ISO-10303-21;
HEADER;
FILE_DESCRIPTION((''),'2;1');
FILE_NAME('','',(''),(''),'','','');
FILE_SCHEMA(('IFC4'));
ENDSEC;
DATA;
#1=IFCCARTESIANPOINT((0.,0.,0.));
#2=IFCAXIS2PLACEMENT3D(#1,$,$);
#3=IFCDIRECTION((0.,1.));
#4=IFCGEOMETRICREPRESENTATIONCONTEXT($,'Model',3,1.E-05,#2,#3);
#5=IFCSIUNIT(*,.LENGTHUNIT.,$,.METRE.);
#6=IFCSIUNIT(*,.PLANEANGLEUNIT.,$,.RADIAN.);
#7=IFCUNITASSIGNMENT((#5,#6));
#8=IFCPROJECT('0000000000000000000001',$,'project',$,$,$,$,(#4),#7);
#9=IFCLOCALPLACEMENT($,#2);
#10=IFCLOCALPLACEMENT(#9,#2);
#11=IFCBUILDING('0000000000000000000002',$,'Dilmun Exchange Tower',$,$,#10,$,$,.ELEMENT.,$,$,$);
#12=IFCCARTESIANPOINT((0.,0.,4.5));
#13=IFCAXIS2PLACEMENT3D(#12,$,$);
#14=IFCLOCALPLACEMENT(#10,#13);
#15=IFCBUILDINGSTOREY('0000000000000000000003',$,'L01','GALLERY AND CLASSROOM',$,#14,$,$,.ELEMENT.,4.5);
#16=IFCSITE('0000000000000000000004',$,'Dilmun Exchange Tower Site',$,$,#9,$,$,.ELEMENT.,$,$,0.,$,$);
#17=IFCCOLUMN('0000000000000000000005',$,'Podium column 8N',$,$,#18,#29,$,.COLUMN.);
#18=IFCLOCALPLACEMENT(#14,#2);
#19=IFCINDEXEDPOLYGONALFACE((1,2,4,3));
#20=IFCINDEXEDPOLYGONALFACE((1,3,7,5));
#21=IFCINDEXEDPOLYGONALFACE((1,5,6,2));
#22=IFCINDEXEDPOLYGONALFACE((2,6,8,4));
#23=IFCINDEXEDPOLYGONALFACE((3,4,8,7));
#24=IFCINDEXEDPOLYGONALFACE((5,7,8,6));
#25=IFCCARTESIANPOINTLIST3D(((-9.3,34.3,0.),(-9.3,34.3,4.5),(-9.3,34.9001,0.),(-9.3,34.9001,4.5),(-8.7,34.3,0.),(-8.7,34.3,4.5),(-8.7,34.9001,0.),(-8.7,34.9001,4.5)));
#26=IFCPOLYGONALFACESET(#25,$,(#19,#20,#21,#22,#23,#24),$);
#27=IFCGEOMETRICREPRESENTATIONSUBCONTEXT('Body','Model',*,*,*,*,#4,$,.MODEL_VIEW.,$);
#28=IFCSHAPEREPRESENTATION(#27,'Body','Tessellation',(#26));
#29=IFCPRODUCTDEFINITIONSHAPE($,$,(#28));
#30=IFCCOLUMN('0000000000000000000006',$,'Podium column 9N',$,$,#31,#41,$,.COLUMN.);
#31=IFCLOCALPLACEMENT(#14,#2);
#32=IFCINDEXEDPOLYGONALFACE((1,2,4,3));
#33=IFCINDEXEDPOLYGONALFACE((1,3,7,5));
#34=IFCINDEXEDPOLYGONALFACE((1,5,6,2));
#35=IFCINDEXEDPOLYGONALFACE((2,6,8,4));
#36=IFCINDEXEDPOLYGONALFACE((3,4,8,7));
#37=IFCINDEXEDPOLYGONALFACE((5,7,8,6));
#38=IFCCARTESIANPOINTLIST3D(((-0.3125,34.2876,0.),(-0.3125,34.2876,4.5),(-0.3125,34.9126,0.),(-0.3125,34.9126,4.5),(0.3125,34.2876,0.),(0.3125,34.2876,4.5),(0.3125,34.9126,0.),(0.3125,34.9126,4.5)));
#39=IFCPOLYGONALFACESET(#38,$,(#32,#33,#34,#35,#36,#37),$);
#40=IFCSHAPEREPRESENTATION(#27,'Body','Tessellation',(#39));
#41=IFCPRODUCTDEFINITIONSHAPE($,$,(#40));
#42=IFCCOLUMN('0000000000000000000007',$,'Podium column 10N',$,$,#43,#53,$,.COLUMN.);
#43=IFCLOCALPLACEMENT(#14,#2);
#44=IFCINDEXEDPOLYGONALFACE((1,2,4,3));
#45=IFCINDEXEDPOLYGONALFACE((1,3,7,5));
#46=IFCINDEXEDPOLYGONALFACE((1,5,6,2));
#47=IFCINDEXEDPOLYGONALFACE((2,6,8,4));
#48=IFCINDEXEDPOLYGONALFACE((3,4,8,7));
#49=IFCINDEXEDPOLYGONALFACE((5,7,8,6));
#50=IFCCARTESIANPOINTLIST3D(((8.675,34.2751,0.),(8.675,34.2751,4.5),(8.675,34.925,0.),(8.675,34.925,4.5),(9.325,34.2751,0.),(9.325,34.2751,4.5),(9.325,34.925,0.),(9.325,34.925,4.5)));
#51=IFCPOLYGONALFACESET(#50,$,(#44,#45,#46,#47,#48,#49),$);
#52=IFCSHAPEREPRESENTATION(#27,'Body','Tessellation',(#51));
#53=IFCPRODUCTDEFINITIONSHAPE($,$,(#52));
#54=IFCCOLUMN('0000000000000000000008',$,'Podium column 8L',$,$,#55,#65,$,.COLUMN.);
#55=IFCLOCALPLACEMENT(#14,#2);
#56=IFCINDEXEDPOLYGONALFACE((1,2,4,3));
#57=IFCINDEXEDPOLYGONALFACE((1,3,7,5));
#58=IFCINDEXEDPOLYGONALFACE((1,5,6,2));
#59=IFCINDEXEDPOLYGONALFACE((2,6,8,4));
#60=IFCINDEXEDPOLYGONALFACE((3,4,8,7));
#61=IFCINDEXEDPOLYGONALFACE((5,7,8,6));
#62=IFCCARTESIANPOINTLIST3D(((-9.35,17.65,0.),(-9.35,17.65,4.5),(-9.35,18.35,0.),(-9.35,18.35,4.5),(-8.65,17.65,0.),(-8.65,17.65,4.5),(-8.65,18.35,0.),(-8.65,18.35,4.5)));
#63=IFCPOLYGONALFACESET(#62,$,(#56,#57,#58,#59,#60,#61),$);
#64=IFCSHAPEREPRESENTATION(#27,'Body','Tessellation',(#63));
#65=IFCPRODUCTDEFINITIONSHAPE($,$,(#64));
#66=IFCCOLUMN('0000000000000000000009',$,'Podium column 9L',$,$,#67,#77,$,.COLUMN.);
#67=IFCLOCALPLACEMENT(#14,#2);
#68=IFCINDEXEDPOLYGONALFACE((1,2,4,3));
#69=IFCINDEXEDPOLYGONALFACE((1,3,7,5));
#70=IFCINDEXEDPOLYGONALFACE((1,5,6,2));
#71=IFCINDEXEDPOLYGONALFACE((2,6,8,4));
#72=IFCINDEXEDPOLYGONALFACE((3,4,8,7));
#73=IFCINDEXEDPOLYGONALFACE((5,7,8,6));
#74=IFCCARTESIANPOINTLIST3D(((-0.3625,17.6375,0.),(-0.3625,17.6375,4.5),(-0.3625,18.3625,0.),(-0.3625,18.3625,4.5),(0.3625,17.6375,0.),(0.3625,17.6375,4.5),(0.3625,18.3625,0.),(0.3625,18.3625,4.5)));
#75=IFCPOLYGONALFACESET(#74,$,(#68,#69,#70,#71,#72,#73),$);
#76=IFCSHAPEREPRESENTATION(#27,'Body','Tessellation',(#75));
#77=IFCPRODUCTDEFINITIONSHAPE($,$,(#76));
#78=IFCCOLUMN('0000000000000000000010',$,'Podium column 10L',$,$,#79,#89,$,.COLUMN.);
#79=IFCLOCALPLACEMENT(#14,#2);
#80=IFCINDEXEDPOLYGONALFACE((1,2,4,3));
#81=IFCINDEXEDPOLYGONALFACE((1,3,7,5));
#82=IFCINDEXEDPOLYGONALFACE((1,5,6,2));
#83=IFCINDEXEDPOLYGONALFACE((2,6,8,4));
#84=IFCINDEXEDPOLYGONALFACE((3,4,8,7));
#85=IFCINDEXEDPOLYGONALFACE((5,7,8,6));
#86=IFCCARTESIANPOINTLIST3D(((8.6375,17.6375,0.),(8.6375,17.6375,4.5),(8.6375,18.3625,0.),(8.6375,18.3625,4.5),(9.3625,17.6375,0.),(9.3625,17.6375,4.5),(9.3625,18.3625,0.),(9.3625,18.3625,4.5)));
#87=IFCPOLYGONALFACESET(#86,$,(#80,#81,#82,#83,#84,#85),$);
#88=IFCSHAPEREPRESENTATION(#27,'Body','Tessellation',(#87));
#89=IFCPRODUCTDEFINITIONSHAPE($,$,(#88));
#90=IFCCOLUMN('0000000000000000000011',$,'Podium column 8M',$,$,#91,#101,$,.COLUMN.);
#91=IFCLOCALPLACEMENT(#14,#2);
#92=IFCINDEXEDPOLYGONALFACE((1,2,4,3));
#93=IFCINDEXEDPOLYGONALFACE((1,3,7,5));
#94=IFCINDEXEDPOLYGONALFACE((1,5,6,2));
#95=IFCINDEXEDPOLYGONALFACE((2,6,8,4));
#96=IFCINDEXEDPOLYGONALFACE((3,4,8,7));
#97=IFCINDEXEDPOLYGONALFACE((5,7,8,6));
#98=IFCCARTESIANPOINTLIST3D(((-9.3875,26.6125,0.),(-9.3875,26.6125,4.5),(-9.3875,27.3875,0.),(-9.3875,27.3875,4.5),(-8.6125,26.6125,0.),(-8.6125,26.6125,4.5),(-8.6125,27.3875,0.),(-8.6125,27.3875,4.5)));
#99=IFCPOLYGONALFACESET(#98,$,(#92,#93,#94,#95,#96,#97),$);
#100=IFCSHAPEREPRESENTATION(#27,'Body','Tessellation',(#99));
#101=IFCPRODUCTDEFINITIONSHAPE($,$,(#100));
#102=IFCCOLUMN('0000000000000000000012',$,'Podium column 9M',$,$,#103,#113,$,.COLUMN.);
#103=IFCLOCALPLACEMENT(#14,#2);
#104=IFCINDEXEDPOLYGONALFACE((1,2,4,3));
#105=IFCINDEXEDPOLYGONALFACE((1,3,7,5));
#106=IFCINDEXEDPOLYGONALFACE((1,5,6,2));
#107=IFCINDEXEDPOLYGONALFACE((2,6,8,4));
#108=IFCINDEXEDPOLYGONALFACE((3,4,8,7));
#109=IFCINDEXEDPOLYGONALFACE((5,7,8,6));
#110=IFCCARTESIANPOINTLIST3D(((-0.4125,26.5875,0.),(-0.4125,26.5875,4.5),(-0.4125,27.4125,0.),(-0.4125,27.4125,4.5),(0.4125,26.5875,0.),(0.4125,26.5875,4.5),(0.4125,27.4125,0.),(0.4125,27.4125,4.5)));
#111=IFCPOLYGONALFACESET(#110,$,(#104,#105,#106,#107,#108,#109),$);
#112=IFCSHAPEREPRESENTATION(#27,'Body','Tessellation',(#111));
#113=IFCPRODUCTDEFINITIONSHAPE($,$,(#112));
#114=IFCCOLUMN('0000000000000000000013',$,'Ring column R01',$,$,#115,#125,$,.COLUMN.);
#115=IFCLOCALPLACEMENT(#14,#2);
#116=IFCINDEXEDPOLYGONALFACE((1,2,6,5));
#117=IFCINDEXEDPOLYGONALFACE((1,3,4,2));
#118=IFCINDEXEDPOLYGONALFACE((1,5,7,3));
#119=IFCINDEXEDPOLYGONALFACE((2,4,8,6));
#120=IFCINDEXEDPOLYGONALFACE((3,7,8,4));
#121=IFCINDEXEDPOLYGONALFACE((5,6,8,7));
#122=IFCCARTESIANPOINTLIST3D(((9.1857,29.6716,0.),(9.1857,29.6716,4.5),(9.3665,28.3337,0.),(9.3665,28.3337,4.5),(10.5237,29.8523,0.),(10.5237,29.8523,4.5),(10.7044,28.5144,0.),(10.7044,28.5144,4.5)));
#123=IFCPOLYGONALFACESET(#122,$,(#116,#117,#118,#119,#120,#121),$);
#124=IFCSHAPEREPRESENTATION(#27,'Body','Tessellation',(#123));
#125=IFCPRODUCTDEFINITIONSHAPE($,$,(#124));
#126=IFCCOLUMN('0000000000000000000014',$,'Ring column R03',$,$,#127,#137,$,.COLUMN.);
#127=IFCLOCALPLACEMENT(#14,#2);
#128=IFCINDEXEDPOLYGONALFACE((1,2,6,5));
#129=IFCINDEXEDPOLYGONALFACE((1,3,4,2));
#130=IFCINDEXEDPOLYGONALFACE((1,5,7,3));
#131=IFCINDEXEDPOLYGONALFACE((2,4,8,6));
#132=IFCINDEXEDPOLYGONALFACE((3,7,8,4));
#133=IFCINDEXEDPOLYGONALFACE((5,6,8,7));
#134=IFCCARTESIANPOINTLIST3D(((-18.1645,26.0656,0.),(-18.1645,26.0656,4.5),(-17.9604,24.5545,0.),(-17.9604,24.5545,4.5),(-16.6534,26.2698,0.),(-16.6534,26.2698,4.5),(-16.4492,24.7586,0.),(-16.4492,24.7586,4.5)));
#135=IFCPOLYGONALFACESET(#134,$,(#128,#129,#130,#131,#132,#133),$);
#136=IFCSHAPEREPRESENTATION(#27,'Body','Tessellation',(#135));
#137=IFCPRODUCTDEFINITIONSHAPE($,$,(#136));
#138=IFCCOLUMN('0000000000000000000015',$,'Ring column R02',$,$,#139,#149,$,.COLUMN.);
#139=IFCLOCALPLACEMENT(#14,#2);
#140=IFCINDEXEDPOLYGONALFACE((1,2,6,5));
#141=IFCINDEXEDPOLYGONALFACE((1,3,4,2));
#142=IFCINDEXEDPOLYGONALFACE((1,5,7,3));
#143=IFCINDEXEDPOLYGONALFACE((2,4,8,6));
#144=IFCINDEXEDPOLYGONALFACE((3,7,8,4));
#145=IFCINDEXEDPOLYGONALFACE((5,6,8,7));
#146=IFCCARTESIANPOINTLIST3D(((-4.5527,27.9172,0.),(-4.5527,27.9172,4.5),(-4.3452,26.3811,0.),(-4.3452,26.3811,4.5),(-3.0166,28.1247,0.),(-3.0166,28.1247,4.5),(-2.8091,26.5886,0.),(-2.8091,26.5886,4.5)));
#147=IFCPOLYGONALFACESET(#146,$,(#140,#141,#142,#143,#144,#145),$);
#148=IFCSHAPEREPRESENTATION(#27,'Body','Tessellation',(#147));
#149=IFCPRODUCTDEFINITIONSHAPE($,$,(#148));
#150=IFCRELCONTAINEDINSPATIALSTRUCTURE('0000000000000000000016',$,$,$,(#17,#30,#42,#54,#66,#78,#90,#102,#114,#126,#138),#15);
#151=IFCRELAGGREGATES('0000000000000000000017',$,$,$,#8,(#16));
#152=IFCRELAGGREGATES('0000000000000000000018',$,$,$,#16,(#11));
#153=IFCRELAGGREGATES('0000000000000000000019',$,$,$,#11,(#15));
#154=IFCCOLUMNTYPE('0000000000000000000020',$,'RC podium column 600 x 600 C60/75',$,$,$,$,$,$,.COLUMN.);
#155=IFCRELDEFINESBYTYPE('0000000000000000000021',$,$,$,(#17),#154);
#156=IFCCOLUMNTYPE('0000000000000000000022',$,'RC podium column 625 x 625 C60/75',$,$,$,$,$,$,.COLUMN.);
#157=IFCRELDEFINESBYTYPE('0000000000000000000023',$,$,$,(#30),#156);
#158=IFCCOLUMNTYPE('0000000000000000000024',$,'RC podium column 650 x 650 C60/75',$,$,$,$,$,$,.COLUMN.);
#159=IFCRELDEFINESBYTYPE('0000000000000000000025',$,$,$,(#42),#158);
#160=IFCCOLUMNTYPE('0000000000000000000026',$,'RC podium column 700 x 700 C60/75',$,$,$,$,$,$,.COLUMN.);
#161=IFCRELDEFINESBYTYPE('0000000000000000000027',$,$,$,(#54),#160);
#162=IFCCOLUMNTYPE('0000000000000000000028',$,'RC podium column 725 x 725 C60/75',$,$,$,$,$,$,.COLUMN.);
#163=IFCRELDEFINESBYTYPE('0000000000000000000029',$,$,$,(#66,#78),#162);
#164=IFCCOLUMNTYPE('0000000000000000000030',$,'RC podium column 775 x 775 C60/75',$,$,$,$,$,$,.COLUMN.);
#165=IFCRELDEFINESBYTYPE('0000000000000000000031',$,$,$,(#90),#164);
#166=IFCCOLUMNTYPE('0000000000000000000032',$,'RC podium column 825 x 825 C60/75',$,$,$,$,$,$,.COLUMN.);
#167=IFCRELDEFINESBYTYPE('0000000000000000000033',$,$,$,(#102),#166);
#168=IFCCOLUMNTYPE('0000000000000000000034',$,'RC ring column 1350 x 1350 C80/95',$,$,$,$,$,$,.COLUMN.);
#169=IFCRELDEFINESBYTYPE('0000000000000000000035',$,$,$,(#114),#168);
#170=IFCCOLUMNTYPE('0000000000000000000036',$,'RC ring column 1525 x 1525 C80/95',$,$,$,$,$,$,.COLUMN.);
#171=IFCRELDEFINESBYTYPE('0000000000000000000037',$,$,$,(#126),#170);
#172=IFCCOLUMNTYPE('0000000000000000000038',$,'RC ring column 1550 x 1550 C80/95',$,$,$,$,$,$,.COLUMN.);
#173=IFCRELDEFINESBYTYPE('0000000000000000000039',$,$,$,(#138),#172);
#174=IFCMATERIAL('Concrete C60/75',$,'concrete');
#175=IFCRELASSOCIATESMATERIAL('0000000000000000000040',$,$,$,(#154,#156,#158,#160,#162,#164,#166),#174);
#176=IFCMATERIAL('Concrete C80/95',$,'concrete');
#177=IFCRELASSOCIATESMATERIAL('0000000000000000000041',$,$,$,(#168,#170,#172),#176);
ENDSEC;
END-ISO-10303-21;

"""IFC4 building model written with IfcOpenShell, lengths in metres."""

from ifc_helpers import new_model, si_unit, direction, frame, origin, origin_2d, place, context, subcontext, project, spatial, rectangle, extrude, material, material_profile, profile_set, type_object, element, save


model = new_model("IFC4")

# Units and contexts
model_context = context("Model", 3, precision=1e-05, world=origin(), true_north=direction((0.0, 1.0)))
body_context = subcontext(model_context, "Body", "Model", "MODEL_VIEW")
ifc_project = project(units=[si_unit("LENGTHUNIT", "METRE"), si_unit("PLANEANGLEUNIT", "RADIAN")], contexts=[model_context])

# Site, building, storey
site_placement = place(None, origin())
site = spatial("IfcSite", under=ifc_project, at=site_placement, Name="Dilmun Exchange Tower Site", CompositionType="ELEMENT", RefElevation=0.0)
building_placement = place(site_placement, origin())
building = spatial("IfcBuilding", under=site, at=building_placement, Name="Dilmun Exchange Tower", CompositionType="ELEMENT")
storey_placement = place(building_placement, frame((0.0, 0.0, 4.5)))
storey = spatial("IfcBuildingStorey", under=building, at=storey_placement, Name="L01", Description="GALLERY AND CLASSROOM", CompositionType="ELEMENT", Elevation=4.5)

# Columns
ifc_material_1 = material(Name="Concrete C60/75", Category="concrete")
ifc_material_profile_1 = material_profile(ifc_material_1, rectangle(XDim=0.6001, YDim=0.6001, at=origin_2d()), Name="600 x 600")
ifc_profile_set_1 = profile_set([ifc_material_profile_1], Name="Concrete C60/75")
column_type_1 = type_object("IfcColumnType", Name="RC podium column 600 x 600 C60/75", PredefinedType="COLUMN", material=ifc_profile_set_1)
column_1_placement = place(storey_placement, frame((-9.0, 34.6001, 0.0), z_axis=(0.0, 0.0, 1.0), x_axis=(1.0, 0.0, 0.0)))
element("IfcColumn", 1, at=column_1_placement, inside=storey, type_object=column_type_1, Name="Podium column 8N", PredefinedType="COLUMN", context=body_context, shape_type="SweptSolid", body=[
    extrude(rectangle(XDim=0.6001, YDim=0.6001, at=origin_2d()), origin(), (0.0, 0.0, 1.0), 4.5),
])
ifc_material_profile_2 = material_profile(ifc_material_1, rectangle(XDim=0.625, YDim=0.625, at=origin_2d()), Name="625 x 625")
ifc_profile_set_2 = profile_set([ifc_material_profile_2], Name="Concrete C60/75")
column_type_2 = type_object("IfcColumnType", Name="RC podium column 625 x 625 C60/75", PredefinedType="COLUMN", material=ifc_profile_set_2)
column_2_placement = place(storey_placement, frame((0.0, 34.6001, 0.0), z_axis=(0.0, 0.0, 1.0), x_axis=(1.0, 0.0, 0.0)))
element("IfcColumn", 2, at=column_2_placement, inside=storey, type_object=column_type_2, Name="Podium column 9N", PredefinedType="COLUMN", context=body_context, shape_type="SweptSolid", body=[
    extrude(rectangle(XDim=0.625, YDim=0.625, at=origin_2d()), origin(), (0.0, 0.0, 1.0), 4.5),
])
ifc_material_profile_3 = material_profile(ifc_material_1, rectangle(XDim=0.6499, YDim=0.6499, at=origin_2d()), Name="650 x 650")
ifc_profile_set_3 = profile_set([ifc_material_profile_3], Name="Concrete C60/75")
column_type_3 = type_object("IfcColumnType", Name="RC podium column 650 x 650 C60/75", PredefinedType="COLUMN", material=ifc_profile_set_3)
column_3_placement = place(storey_placement, frame((9.0, 34.6001, 0.0), z_axis=(0.0, 0.0, 1.0), x_axis=(1.0, 0.0, 0.0)))
element("IfcColumn", 3, at=column_3_placement, inside=storey, type_object=column_type_3, Name="Podium column 10N", PredefinedType="COLUMN", context=body_context, shape_type="SweptSolid", body=[
    extrude(rectangle(XDim=0.6499, YDim=0.6499, at=origin_2d()), origin(), (0.0, 0.0, 1.0), 4.5),
])
ifc_material_profile_4 = material_profile(ifc_material_1, rectangle(XDim=0.7, YDim=0.7, at=origin_2d()), Name="700 x 700")
ifc_profile_set_4 = profile_set([ifc_material_profile_4], Name="Concrete C60/75")
column_type_4 = type_object("IfcColumnType", Name="RC podium column 700 x 700 C60/75", PredefinedType="COLUMN", material=ifc_profile_set_4)
column_4_placement = place(storey_placement, frame((-9.0, 18.0, 0.0), z_axis=(0.0, 0.0, 1.0), x_axis=(1.0, 0.0, 0.0)))
element("IfcColumn", 4, at=column_4_placement, inside=storey, type_object=column_type_4, Name="Podium column 8L", PredefinedType="COLUMN", context=body_context, shape_type="SweptSolid", body=[
    extrude(rectangle(XDim=0.7, YDim=0.7, at=origin_2d()), origin(), (0.0, 0.0, 1.0), 4.5),
])
ifc_material_profile_5 = material_profile(ifc_material_1, rectangle(XDim=0.7251, YDim=0.7251, at=origin_2d()), Name="725 x 725")
ifc_profile_set_5 = profile_set([ifc_material_profile_5], Name="Concrete C60/75")
column_type_5 = type_object("IfcColumnType", Name="RC podium column 725 x 725 C60/75", PredefinedType="COLUMN", material=ifc_profile_set_5)
for number, where, z_axis, x_axis, name in (
    (5, (0.0, 18.0, 0.0), (0.0, 0.0, 1.0), (1.0, 0.0, 0.0), "Podium column 9L"),
    (6, (9.0, 18.0, 0.0), (0.0, 0.0, 1.0), (1.0, 0.0, 0.0), "Podium column 10L"),
):
    element("IfcColumn", number, at=place(storey_placement, frame(where, z_axis=z_axis, x_axis=x_axis)), inside=storey, type_object=column_type_5, Name=name, PredefinedType="COLUMN", context=body_context, shape_type="SweptSolid", body=[
        extrude(rectangle(XDim=0.7251, YDim=0.7251, at=origin_2d()), origin(), (0.0, 0.0, 1.0), 4.5),
    ])
ifc_material_profile_6 = material_profile(ifc_material_1, rectangle(XDim=0.7749, YDim=0.7749, at=origin_2d()), Name="775 x 775")
ifc_profile_set_6 = profile_set([ifc_material_profile_6], Name="Concrete C60/75")
column_type_6 = type_object("IfcColumnType", Name="RC podium column 775 x 775 C60/75", PredefinedType="COLUMN", material=ifc_profile_set_6)
column_5_placement = place(storey_placement, frame((-9.0, 27.0, 0.0), z_axis=(0.0, 0.0, 1.0), x_axis=(1.0, 0.0, 0.0)))
element("IfcColumn", 7, at=column_5_placement, inside=storey, type_object=column_type_6, Name="Podium column 8M", PredefinedType="COLUMN", context=body_context, shape_type="SweptSolid", body=[
    extrude(rectangle(XDim=0.7749, YDim=0.7749, at=origin_2d()), origin(), (0.0, 0.0, 1.0), 4.5),
])
ifc_material_profile_7 = material_profile(ifc_material_1, rectangle(XDim=0.825, YDim=0.825, at=origin_2d()), Name="825 x 825")
ifc_profile_set_7 = profile_set([ifc_material_profile_7], Name="Concrete C60/75")
column_type_7 = type_object("IfcColumnType", Name="RC podium column 825 x 825 C60/75", PredefinedType="COLUMN", material=ifc_profile_set_7)
column_6_placement = place(storey_placement, frame((0.0, 27.0, 0.0), z_axis=(0.0, 0.0, 1.0), x_axis=(1.0, 0.0, 0.0)))
element("IfcColumn", 8, at=column_6_placement, inside=storey, type_object=column_type_7, Name="Podium column 9M", PredefinedType="COLUMN", context=body_context, shape_type="SweptSolid", body=[
    extrude(rectangle(XDim=0.825, YDim=0.825, at=origin_2d()), origin(), (0.0, 0.0, 1.0), 4.5),
])
ifc_material_2 = material(Name="Concrete C80/95", Category="concrete")
ifc_material_profile_8 = material_profile(ifc_material_2, rectangle(XDim=1.3501, YDim=1.3501, at=origin_2d()), Name="1350 x 1350")
ifc_profile_set_8 = profile_set([ifc_material_profile_8], Name="Concrete C80/95")
column_type_8 = type_object("IfcColumnType", Name="RC ring column 1350 x 1350 C80/95", PredefinedType="COLUMN", material=ifc_profile_set_8)
column_7_placement = place(storey_placement, frame((9.9451, 29.093, 0.0), z_axis=(0.0, 0.0, 1.0), x_axis=(0.991001, 0.133853, 0.0)))
element("IfcColumn", 9, at=column_7_placement, inside=storey, type_object=column_type_8, Name="Ring column R01", PredefinedType="COLUMN", context=body_context, shape_type="SweptSolid", body=[
    extrude(rectangle(XDim=1.3501, YDim=1.3501, at=origin_2d()), origin(), (0.0, 0.0, 1.0), 4.5),
])
ifc_material_profile_9 = material_profile(ifc_material_2, rectangle(XDim=1.5249, YDim=1.5249, at=origin_2d()), Name="1525 x 1525")
ifc_profile_set_9 = profile_set([ifc_material_profile_9], Name="Concrete C80/95")
column_type_9 = type_object("IfcColumnType", Name="RC ring column 1525 x 1525 C80/95", PredefinedType="COLUMN", material=ifc_profile_set_9)
column_8_placement = place(storey_placement, frame((-17.3069, 25.4121, 0.0), z_axis=(0.0, 0.0, 1.0), x_axis=(0.991001, 0.133853, 0.0)))
element("IfcColumn", 10, at=column_8_placement, inside=storey, type_object=column_type_9, Name="Ring column R03", PredefinedType="COLUMN", context=body_context, shape_type="SweptSolid", body=[
    extrude(rectangle(XDim=1.5249, YDim=1.5249, at=origin_2d()), origin(), (0.0, 0.0, 1.0), 4.5),
])
ifc_material_profile_10 = material_profile(ifc_material_2, rectangle(XDim=1.55, YDim=1.55, at=origin_2d()), Name="1550 x 1550")
ifc_profile_set_10 = profile_set([ifc_material_profile_10], Name="Concrete C80/95")
column_type_10 = type_object("IfcColumnType", Name="RC ring column 1550 x 1550 C80/95", PredefinedType="COLUMN", material=ifc_profile_set_10)
column_9_placement = place(storey_placement, frame((-3.6809, 27.2529, 0.0), z_axis=(0.0, 0.0, 1.0), x_axis=(0.991001, 0.133853, 0.0)))
element("IfcColumn", 11, at=column_9_placement, inside=storey, type_object=column_type_10, Name="Ring column R02", PredefinedType="COLUMN", context=body_context, shape_type="SweptSolid", body=[
    extrude(rectangle(XDim=1.55, YDim=1.55, at=origin_2d()), origin(), (0.0, 0.0, 1.0), 4.5),
])

save(model, "model.ifc")
